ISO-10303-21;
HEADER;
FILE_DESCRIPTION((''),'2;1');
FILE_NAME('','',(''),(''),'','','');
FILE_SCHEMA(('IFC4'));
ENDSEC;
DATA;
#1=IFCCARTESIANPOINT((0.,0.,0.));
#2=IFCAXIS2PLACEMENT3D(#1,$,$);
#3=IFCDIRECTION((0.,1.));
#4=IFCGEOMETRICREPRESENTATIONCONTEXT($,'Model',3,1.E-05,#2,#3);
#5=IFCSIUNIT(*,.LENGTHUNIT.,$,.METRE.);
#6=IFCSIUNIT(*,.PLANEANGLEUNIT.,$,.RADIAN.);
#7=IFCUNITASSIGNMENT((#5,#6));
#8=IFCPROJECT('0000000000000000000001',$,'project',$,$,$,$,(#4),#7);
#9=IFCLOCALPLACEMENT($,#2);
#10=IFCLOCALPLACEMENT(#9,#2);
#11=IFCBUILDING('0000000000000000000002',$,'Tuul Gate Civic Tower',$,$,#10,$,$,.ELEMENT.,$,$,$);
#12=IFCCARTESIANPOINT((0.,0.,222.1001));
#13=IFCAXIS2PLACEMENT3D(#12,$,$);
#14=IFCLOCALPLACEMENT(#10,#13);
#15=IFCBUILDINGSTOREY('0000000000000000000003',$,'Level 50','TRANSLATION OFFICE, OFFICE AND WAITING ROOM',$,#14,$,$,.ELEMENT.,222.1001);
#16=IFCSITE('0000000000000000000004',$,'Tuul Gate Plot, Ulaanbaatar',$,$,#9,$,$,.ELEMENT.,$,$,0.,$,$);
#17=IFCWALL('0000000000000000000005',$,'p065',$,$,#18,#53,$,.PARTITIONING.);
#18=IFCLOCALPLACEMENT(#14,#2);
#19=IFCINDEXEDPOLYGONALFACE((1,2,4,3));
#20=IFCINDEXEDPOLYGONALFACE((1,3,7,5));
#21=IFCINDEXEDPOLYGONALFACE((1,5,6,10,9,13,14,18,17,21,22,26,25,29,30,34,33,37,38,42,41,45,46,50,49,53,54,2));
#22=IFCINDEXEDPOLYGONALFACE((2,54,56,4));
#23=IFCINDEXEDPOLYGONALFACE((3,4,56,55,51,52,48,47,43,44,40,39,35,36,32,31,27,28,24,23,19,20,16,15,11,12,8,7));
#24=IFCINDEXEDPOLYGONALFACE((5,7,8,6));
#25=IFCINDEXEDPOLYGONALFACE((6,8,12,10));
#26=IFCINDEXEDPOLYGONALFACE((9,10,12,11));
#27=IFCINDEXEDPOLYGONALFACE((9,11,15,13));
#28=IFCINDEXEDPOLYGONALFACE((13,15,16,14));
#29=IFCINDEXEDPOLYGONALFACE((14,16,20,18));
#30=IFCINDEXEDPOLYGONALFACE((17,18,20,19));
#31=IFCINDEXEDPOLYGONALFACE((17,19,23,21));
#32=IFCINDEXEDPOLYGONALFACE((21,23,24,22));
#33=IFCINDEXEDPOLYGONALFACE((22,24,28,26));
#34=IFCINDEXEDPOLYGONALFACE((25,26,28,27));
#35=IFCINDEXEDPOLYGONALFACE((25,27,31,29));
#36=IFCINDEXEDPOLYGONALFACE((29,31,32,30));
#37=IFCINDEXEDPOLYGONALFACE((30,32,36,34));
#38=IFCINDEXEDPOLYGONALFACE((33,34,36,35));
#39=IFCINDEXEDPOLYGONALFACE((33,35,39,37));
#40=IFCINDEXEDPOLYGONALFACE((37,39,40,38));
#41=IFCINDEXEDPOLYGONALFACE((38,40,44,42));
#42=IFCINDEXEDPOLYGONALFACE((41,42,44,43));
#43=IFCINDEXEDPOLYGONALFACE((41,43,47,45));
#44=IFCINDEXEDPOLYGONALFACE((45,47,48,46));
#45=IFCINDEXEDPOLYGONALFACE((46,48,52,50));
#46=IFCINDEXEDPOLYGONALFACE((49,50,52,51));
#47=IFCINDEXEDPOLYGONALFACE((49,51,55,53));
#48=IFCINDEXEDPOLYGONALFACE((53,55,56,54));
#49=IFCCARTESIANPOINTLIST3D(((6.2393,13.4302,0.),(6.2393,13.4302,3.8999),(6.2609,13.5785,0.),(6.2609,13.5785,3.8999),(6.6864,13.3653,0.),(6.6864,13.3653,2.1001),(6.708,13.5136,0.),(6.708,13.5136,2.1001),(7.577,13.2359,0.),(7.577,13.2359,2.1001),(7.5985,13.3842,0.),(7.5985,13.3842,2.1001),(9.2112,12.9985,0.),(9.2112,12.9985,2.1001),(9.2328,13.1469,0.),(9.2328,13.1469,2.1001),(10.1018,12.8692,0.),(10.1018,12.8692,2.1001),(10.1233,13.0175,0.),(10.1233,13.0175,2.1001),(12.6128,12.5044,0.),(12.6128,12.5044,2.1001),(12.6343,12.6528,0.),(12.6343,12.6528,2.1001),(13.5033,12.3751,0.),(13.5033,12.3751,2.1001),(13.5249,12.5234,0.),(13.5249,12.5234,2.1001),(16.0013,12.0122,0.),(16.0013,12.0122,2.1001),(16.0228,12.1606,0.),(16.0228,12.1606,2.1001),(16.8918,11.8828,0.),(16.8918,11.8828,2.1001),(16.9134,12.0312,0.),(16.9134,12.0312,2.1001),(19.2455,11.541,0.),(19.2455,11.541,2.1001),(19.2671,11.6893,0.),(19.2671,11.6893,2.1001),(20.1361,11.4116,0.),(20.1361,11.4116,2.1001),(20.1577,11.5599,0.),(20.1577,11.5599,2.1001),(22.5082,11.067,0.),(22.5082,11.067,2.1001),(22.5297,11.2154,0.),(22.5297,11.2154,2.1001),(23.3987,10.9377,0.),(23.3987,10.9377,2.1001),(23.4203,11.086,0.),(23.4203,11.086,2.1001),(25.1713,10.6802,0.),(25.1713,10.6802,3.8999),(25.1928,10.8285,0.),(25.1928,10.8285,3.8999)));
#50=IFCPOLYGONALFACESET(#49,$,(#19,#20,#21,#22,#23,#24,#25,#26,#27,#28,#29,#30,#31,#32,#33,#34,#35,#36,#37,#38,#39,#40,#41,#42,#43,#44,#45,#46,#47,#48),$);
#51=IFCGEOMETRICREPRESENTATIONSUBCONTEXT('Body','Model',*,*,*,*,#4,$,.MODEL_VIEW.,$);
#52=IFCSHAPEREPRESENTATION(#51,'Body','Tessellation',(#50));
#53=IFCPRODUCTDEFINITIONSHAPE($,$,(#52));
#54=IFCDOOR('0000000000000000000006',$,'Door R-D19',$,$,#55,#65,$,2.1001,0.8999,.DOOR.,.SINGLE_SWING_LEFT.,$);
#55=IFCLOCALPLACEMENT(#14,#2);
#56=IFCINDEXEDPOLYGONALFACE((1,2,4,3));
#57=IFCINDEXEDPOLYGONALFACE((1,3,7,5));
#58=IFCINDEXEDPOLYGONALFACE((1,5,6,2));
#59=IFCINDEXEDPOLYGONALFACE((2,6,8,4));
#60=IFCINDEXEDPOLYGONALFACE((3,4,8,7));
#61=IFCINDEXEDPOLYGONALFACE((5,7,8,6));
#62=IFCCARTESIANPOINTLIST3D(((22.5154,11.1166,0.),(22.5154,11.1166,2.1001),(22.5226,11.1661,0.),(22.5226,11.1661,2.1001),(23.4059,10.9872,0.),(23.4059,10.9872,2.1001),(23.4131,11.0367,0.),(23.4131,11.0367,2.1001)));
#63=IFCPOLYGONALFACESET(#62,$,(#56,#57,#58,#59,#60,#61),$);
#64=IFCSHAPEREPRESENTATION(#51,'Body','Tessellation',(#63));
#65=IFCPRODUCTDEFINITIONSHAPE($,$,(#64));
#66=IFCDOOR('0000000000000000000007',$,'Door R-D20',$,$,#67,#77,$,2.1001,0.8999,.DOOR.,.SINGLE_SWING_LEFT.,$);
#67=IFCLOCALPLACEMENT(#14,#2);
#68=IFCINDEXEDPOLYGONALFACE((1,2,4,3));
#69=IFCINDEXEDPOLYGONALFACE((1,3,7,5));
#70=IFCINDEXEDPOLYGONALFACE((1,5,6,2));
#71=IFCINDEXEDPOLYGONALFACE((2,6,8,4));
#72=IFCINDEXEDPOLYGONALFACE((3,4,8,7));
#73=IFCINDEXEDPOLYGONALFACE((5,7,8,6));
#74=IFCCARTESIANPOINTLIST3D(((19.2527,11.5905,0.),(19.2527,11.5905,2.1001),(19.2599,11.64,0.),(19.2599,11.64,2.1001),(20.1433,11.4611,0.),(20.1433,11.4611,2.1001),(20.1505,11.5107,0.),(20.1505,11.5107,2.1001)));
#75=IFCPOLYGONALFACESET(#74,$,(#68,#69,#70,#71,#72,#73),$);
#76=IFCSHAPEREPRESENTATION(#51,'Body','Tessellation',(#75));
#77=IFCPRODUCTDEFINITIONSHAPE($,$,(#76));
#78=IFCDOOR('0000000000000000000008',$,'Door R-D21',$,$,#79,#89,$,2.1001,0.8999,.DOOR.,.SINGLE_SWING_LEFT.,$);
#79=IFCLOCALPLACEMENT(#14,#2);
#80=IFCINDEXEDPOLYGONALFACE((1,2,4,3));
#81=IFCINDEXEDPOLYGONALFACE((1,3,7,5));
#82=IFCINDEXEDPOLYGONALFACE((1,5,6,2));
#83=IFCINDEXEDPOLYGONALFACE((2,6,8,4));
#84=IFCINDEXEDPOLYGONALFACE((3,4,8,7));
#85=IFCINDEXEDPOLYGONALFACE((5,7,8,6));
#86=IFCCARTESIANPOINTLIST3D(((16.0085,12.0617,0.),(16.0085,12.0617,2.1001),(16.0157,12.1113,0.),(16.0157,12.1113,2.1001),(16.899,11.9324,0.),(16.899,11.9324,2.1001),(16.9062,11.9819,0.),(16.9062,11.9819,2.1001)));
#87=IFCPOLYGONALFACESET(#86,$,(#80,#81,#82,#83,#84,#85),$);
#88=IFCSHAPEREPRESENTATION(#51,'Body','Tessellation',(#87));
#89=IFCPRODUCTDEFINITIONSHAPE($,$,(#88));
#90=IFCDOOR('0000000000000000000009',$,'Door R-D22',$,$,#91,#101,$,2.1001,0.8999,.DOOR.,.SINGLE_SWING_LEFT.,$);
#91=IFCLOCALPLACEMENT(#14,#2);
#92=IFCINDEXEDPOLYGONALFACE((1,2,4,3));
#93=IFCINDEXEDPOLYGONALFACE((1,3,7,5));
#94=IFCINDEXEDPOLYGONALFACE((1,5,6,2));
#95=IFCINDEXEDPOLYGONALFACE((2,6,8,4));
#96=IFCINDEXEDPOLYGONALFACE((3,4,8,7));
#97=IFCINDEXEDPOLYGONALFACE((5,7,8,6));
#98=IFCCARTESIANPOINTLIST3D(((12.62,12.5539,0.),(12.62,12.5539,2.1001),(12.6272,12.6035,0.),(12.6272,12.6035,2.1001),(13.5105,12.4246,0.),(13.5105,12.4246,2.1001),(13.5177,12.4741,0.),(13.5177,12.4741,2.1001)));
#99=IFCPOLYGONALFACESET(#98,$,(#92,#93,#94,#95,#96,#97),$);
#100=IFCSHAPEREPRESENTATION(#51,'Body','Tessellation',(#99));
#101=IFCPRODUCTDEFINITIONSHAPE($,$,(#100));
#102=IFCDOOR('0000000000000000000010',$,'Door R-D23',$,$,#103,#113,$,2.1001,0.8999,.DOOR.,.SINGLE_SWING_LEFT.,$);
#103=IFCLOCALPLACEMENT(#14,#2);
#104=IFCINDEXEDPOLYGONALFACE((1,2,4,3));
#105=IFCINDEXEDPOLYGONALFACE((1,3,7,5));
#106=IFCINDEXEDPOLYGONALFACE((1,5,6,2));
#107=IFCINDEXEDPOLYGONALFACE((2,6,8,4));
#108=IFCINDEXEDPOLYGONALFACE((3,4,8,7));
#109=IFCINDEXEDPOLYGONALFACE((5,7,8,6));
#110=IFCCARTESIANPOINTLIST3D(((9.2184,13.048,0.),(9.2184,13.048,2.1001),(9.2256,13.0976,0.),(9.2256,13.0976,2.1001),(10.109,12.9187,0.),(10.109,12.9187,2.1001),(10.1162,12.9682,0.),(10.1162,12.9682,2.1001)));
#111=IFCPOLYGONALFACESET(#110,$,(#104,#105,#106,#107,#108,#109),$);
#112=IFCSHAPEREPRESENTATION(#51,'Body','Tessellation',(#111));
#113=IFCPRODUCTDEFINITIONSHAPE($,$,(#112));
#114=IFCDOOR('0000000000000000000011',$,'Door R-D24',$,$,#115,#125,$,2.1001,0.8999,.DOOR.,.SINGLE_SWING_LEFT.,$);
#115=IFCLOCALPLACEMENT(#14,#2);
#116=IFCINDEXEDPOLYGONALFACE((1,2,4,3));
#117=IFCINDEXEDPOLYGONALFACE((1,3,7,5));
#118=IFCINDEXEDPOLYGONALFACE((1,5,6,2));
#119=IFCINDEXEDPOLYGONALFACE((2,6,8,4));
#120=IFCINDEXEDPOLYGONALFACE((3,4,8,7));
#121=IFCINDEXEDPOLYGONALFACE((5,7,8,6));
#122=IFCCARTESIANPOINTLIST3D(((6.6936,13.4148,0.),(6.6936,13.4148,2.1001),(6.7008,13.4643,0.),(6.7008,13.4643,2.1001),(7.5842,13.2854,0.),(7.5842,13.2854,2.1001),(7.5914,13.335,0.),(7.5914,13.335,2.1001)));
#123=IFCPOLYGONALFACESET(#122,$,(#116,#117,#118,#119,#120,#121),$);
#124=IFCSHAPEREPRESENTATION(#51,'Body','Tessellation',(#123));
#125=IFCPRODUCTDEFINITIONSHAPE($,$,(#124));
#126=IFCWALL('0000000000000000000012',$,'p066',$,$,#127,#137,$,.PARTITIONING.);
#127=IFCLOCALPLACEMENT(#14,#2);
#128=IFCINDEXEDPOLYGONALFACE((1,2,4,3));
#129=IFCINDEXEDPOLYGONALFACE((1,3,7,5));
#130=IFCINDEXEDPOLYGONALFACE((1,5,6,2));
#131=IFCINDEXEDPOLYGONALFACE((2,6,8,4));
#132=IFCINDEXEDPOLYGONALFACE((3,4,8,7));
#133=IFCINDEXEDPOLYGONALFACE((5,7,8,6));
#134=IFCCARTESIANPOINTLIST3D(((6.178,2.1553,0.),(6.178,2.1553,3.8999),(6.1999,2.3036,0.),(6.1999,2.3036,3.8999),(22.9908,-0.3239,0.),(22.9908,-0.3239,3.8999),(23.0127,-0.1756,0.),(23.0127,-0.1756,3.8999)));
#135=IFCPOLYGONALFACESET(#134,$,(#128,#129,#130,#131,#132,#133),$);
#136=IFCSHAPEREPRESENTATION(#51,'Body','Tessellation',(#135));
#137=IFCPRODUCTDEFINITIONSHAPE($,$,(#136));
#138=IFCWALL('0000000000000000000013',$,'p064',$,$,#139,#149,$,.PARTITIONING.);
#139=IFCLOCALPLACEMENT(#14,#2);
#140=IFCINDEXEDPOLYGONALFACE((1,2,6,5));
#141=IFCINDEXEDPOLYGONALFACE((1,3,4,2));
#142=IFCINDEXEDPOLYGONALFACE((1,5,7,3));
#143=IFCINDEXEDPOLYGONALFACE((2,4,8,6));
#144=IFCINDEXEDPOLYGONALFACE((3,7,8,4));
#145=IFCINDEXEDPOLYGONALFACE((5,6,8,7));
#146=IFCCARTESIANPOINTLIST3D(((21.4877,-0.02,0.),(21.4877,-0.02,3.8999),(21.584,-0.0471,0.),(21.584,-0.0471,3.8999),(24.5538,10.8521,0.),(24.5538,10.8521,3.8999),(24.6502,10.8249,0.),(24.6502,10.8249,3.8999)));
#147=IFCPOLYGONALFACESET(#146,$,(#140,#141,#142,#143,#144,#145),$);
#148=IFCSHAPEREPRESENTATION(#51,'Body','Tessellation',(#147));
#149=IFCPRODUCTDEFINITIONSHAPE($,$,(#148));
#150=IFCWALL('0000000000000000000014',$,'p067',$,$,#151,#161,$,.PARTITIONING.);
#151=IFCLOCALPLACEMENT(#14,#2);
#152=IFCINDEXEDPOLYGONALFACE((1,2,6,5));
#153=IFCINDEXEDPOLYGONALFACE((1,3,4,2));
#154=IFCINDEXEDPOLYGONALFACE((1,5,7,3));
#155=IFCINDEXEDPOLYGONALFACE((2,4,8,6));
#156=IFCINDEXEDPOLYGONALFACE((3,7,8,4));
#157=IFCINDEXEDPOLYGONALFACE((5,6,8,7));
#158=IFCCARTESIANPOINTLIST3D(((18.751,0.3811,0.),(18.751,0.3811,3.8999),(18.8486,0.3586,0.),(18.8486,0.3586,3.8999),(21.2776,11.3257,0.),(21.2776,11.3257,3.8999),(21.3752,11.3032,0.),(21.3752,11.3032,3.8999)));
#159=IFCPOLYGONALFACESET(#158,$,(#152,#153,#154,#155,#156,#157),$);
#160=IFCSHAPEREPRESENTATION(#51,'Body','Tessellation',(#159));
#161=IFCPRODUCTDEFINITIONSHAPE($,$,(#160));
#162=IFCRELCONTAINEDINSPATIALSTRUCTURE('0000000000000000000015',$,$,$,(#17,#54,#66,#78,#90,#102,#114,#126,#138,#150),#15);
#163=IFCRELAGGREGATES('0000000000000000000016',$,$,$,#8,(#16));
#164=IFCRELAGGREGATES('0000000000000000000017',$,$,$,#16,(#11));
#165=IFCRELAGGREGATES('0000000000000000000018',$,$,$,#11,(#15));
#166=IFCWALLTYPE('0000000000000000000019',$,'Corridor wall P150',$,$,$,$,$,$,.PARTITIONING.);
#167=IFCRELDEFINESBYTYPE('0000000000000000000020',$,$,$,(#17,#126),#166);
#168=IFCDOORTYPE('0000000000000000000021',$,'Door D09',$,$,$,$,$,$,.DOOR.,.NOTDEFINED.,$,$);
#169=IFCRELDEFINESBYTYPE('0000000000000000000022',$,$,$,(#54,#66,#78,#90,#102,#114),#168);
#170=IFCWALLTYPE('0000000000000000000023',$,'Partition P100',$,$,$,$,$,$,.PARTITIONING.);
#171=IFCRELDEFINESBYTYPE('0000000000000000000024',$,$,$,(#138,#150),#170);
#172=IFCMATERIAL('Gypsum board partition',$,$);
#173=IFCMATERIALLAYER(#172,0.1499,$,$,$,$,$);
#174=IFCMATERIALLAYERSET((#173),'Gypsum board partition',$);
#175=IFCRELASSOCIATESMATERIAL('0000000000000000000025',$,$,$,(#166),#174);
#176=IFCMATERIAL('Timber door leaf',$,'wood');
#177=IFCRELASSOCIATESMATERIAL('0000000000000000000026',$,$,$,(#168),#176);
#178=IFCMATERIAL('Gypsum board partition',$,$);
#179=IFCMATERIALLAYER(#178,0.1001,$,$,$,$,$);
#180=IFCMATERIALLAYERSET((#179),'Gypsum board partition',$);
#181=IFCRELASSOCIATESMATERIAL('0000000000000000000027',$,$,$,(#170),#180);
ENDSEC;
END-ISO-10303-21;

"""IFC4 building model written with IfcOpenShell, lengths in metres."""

from ifc_helpers import new_model, si_unit, direction, frame, frame_2d, origin, place, context, subcontext, project, spatial, rectangle, extrude, material, layer, layer_set, type_object, element, fill, save


model = new_model("IFC4")

# Units and contexts
model_context = context("Model", 3, precision=1e-05, world=origin(), true_north=direction((0.0, 1.0)))
body_context = subcontext(model_context, "Body", "Model", "MODEL_VIEW")
ifc_project = project(units=[si_unit("LENGTHUNIT", "METRE"), si_unit("PLANEANGLEUNIT", "RADIAN")], contexts=[model_context])

# Site, building, storey
site_placement = place(None, origin())
site = spatial("IfcSite", under=ifc_project, at=site_placement, Name="Tuul Gate Plot, Ulaanbaatar", CompositionType="ELEMENT", RefElevation=0.0)
building_placement = place(site_placement, origin())
building = spatial("IfcBuilding", under=site, at=building_placement, Name="Tuul Gate Civic Tower", CompositionType="ELEMENT")
storey_placement = place(building_placement, frame((0.0, 0.0, 222.1001)))
storey = spatial("IfcBuildingStorey", under=building, at=storey_placement, Name="Level 50", Description="TRANSLATION OFFICE, OFFICE AND WAITING ROOM", CompositionType="ELEMENT", Elevation=222.1001)

# Shared definitions
ifc_material_1 = material(Name="Gypsum board partition")
ifc_layer_1 = layer(ifc_material_1, 0.1499)
ifc_layer_set_1 = layer_set([ifc_layer_1], Name="Gypsum board partition")
wall_type_1 = type_object("IfcWallType", Name="Corridor wall P150", PredefinedType="PARTITIONING", material=ifc_layer_set_1)
ifc_material_2 = material(Name="Timber door leaf", Category="wood")
door_type = type_object("IfcDoorType", Name="Door D09", OperationType="NOTDEFINED", PredefinedType="DOOR", material=ifc_material_2)

# Wall, openings, doors
wall_1_placement = place(storey_placement, frame((6.25, 13.5044, 0.0), z_axis=(0.0, 0.0, 1.0), x_axis=(0.989614, -0.143749, 0.0)))
wall_1 = element("IfcWall", 1, at=wall_1_placement, inside=storey, type_object=wall_type_1, Name="p065", PredefinedType="PARTITIONING", context=body_context, shape_type="SweptSolid", body=[
    extrude(rectangle(XDim=19.1306, YDim=0.1499, at=frame_2d((9.5654, 0.0))), origin(), (0.0, 0.0, 1.0), 3.8999),
])
opening_1_placement = place(wall_1_placement, frame((16.4397, 0.0, 0.0)))
opening_1 = element("IfcOpeningElement", 2, at=opening_1_placement, cuts=wall_1, PredefinedType="OPENING", context=body_context, shape_type="SweptSolid", body=[
    extrude(rectangle(XDim=0.8999, YDim=2.1001, at=frame_2d((0.45, 1.05))), frame((0.0, 0.085, 0.0), z_axis=(0.0, -1.0, 0.0), x_axis=(1.0, 0.0, 0.0)), (0.0, 0.0, 1.0), 0.1699),
])
opening_2_placement = place(wall_1_placement, frame((13.1428, 0.0, 0.0)))
opening_2 = element("IfcOpeningElement", 3, at=opening_2_placement, cuts=wall_1, PredefinedType="OPENING", context=body_context, shape_type="SweptSolid", body=[
    extrude(rectangle(XDim=0.8999, YDim=2.1001, at=frame_2d((0.45, 1.05))), frame((0.0, 0.085, 0.0), z_axis=(0.0, -1.0, 0.0), x_axis=(1.0, 0.0, 0.0)), (0.0, 0.0, 1.0), 0.1699),
])
opening_3_placement = place(wall_1_placement, frame((9.8645, 0.0, 0.0)))
opening_3 = element("IfcOpeningElement", 4, at=opening_3_placement, cuts=wall_1, PredefinedType="OPENING", context=body_context, shape_type="SweptSolid", body=[
    extrude(rectangle(XDim=0.8999, YDim=2.1001, at=frame_2d((0.45, 1.05))), frame((0.0, 0.085, 0.0), z_axis=(0.0, -1.0, 0.0), x_axis=(1.0, 0.0, 0.0)), (0.0, 0.0, 1.0), 0.1699),
])
opening_4_placement = place(wall_1_placement, frame((6.4404, 0.0, 0.0)))
opening_4 = element("IfcOpeningElement", 5, at=opening_4_placement, cuts=wall_1, PredefinedType="OPENING", context=body_context, shape_type="SweptSolid", body=[
    extrude(rectangle(XDim=0.8999, YDim=2.1001, at=frame_2d((0.45, 1.05))), frame((0.0, 0.085, 0.0), z_axis=(0.0, -1.0, 0.0), x_axis=(1.0, 0.0, 0.0)), (0.0, 0.0, 1.0), 0.1699),
])
opening_5_placement = place(wall_1_placement, frame((3.0032, 0.0, 0.0)))
opening_5 = element("IfcOpeningElement", 6, at=opening_5_placement, cuts=wall_1, PredefinedType="OPENING", context=body_context, shape_type="SweptSolid", body=[
    extrude(rectangle(XDim=0.8999, YDim=2.1001, at=frame_2d((0.45, 1.05))), frame((0.0, 0.085, 0.0), z_axis=(0.0, -1.0, 0.0), x_axis=(1.0, 0.0, 0.0)), (0.0, 0.0, 1.0), 0.1699),
])
opening_6_placement = place(wall_1_placement, frame((0.4519, 0.0, 0.0)))
opening_6 = element("IfcOpeningElement", 7, at=opening_6_placement, cuts=wall_1, PredefinedType="OPENING", context=body_context, shape_type="SweptSolid", body=[
    extrude(rectangle(XDim=0.8999, YDim=2.1001, at=frame_2d((0.45, 1.05))), frame((0.0, 0.085, 0.0), z_axis=(0.0, -1.0, 0.0), x_axis=(1.0, 0.0, 0.0)), (0.0, 0.0, 1.0), 0.1699),
])
door_1_placement = place(opening_1_placement, frame((0.8999, 0.0, 0.0), z_axis=(0.0, 0.0, 1.0), x_axis=(-1.0, 0.0, 0.0)))
door_1 = element("IfcDoor", 8, at=door_1_placement, inside=storey, type_object=door_type, Name="Door R-D19", OperationType="SINGLE_SWING_LEFT", OverallHeight=2.1001, OverallWidth=0.8999, PredefinedType="DOOR", context=body_context, shape_type="SweptSolid", body=[
    extrude(rectangle(XDim=0.8999, YDim=2.1001, at=frame_2d((0.45, 1.05))), frame((0.0, 0.0249, 0.0), z_axis=(0.0, -1.0, 0.0), x_axis=(1.0, 0.0, 0.0)), (0.0, 0.0, 1.0), 0.05),
])
fill(opening_1, door_1)
door_2_placement = place(opening_2_placement, frame((0.8999, 0.0, 0.0), z_axis=(0.0, 0.0, 1.0), x_axis=(-1.0, 0.0, 0.0)))
door_2 = element("IfcDoor", 9, at=door_2_placement, inside=storey, type_object=door_type, Name="Door R-D20", OperationType="SINGLE_SWING_LEFT", OverallHeight=2.1001, OverallWidth=0.8999, PredefinedType="DOOR", context=body_context, shape_type="SweptSolid", body=[
    extrude(rectangle(XDim=0.8999, YDim=2.1001, at=frame_2d((0.45, 1.05))), frame((0.0, 0.0249, 0.0), z_axis=(0.0, -1.0, 0.0), x_axis=(1.0, 0.0, 0.0)), (0.0, 0.0, 1.0), 0.05),
])
fill(opening_2, door_2)
door_3_placement = place(opening_3_placement, frame((0.8999, 0.0, 0.0), z_axis=(0.0, 0.0, 1.0), x_axis=(-1.0, 0.0, 0.0)))
door_3 = element("IfcDoor", 10, at=door_3_placement, inside=storey, type_object=door_type, Name="Door R-D21", OperationType="SINGLE_SWING_LEFT", OverallHeight=2.1001, OverallWidth=0.8999, PredefinedType="DOOR", context=body_context, shape_type="SweptSolid", body=[
    extrude(rectangle(XDim=0.8999, YDim=2.1001, at=frame_2d((0.45, 1.05))), frame((0.0, 0.0249, 0.0), z_axis=(0.0, -1.0, 0.0), x_axis=(1.0, 0.0, 0.0)), (0.0, 0.0, 1.0), 0.05),
])
fill(opening_3, door_3)
door_4_placement = place(opening_4_placement, frame((0.8999, 0.0, 0.0), z_axis=(0.0, 0.0, 1.0), x_axis=(-1.0, 0.0, 0.0)))
door_4 = element("IfcDoor", 11, at=door_4_placement, inside=storey, type_object=door_type, Name="Door R-D22", OperationType="SINGLE_SWING_LEFT", OverallHeight=2.1001, OverallWidth=0.8999, PredefinedType="DOOR", context=body_context, shape_type="SweptSolid", body=[
    extrude(rectangle(XDim=0.8999, YDim=2.1001, at=frame_2d((0.45, 1.05))), frame((0.0, 0.0249, 0.0), z_axis=(0.0, -1.0, 0.0), x_axis=(1.0, 0.0, 0.0)), (0.0, 0.0, 1.0), 0.05),
])
fill(opening_4, door_4)
door_5_placement = place(opening_5_placement, frame((0.8999, 0.0, 0.0), z_axis=(0.0, 0.0, 1.0), x_axis=(-1.0, 0.0, 0.0)))
door_5 = element("IfcDoor", 12, at=door_5_placement, inside=storey, type_object=door_type, Name="Door R-D23", OperationType="SINGLE_SWING_LEFT", OverallHeight=2.1001, OverallWidth=0.8999, PredefinedType="DOOR", context=body_context, shape_type="SweptSolid", body=[
    extrude(rectangle(XDim=0.8999, YDim=2.1001, at=frame_2d((0.45, 1.05))), frame((0.0, 0.0249, 0.0), z_axis=(0.0, -1.0, 0.0), x_axis=(1.0, 0.0, 0.0)), (0.0, 0.0, 1.0), 0.05),
])
fill(opening_5, door_5)
door_6_placement = place(opening_6_placement, frame((0.8999, 0.0, 0.0), z_axis=(0.0, 0.0, 1.0), x_axis=(-1.0, 0.0, 0.0)))
door_6 = element("IfcDoor", 13, at=door_6_placement, inside=storey, type_object=door_type, Name="Door R-D24", OperationType="SINGLE_SWING_LEFT", OverallHeight=2.1001, OverallWidth=0.8999, PredefinedType="DOOR", context=body_context, shape_type="SweptSolid", body=[
    extrude(rectangle(XDim=0.8999, YDim=2.1001, at=frame_2d((0.45, 1.05))), frame((0.0, 0.0249, 0.0), z_axis=(0.0, -1.0, 0.0), x_axis=(1.0, 0.0, 0.0)), (0.0, 0.0, 1.0), 0.05),
])
fill(opening_6, door_6)

# Walls
wall_2_placement = place(storey_placement, frame((6.189, 2.2295, 0.0), z_axis=(0.0, 0.0, 1.0), x_axis=(0.989302, -0.145885, 0.0)))
element("IfcWall", 14, at=wall_2_placement, inside=storey, type_object=wall_type_1, Name="p066", PredefinedType="PARTITIONING", context=body_context, shape_type="SweptSolid", body=[
    extrude(rectangle(XDim=16.9946, YDim=0.1499, at=frame_2d((8.4973, 0.0))), origin(), (0.0, 0.0, 1.0), 3.8999),
])
ifc_material_3 = material(Name="Gypsum board partition")
ifc_layer_2 = layer(ifc_material_3, 0.1001)
ifc_layer_set_2 = layer_set([ifc_layer_2], Name="Gypsum board partition")
wall_type_2 = type_object("IfcWallType", Name="Partition P100", PredefinedType="PARTITIONING", material=ifc_layer_set_2)
wall_3_placement = place(storey_placement, frame((21.5359, -0.0334, 0.0), z_axis=(0.0, 0.0, 1.0), x_axis=(0.271434, 0.962457, 0.0)))
element("IfcWall", 15, at=wall_3_placement, inside=storey, type_object=wall_type_2, Name="p064", PredefinedType="PARTITIONING", context=body_context, shape_type="SweptSolid", body=[
    extrude(rectangle(XDim=11.2961, YDim=0.1001, at=frame_2d((5.6479, 0.0))), origin(), (0.0, 0.0, 1.0), 3.8999),
])
wall_4_placement = place(storey_placement, frame((18.7998, 0.3699, 0.0), z_axis=(0.0, 0.0, 1.0), x_axis=(0.224939, 0.974373, 0.0)))
element("IfcWall", 16, at=wall_4_placement, inside=storey, type_object=wall_type_2, Name="p067", PredefinedType="PARTITIONING", context=body_context, shape_type="SweptSolid", body=[
    extrude(rectangle(XDim=11.2324, YDim=0.1001, at=frame_2d((5.6162, 0.0))), origin(), (0.0, 0.0, 1.0), 3.8999),
])

save(model, "model.ifc")
